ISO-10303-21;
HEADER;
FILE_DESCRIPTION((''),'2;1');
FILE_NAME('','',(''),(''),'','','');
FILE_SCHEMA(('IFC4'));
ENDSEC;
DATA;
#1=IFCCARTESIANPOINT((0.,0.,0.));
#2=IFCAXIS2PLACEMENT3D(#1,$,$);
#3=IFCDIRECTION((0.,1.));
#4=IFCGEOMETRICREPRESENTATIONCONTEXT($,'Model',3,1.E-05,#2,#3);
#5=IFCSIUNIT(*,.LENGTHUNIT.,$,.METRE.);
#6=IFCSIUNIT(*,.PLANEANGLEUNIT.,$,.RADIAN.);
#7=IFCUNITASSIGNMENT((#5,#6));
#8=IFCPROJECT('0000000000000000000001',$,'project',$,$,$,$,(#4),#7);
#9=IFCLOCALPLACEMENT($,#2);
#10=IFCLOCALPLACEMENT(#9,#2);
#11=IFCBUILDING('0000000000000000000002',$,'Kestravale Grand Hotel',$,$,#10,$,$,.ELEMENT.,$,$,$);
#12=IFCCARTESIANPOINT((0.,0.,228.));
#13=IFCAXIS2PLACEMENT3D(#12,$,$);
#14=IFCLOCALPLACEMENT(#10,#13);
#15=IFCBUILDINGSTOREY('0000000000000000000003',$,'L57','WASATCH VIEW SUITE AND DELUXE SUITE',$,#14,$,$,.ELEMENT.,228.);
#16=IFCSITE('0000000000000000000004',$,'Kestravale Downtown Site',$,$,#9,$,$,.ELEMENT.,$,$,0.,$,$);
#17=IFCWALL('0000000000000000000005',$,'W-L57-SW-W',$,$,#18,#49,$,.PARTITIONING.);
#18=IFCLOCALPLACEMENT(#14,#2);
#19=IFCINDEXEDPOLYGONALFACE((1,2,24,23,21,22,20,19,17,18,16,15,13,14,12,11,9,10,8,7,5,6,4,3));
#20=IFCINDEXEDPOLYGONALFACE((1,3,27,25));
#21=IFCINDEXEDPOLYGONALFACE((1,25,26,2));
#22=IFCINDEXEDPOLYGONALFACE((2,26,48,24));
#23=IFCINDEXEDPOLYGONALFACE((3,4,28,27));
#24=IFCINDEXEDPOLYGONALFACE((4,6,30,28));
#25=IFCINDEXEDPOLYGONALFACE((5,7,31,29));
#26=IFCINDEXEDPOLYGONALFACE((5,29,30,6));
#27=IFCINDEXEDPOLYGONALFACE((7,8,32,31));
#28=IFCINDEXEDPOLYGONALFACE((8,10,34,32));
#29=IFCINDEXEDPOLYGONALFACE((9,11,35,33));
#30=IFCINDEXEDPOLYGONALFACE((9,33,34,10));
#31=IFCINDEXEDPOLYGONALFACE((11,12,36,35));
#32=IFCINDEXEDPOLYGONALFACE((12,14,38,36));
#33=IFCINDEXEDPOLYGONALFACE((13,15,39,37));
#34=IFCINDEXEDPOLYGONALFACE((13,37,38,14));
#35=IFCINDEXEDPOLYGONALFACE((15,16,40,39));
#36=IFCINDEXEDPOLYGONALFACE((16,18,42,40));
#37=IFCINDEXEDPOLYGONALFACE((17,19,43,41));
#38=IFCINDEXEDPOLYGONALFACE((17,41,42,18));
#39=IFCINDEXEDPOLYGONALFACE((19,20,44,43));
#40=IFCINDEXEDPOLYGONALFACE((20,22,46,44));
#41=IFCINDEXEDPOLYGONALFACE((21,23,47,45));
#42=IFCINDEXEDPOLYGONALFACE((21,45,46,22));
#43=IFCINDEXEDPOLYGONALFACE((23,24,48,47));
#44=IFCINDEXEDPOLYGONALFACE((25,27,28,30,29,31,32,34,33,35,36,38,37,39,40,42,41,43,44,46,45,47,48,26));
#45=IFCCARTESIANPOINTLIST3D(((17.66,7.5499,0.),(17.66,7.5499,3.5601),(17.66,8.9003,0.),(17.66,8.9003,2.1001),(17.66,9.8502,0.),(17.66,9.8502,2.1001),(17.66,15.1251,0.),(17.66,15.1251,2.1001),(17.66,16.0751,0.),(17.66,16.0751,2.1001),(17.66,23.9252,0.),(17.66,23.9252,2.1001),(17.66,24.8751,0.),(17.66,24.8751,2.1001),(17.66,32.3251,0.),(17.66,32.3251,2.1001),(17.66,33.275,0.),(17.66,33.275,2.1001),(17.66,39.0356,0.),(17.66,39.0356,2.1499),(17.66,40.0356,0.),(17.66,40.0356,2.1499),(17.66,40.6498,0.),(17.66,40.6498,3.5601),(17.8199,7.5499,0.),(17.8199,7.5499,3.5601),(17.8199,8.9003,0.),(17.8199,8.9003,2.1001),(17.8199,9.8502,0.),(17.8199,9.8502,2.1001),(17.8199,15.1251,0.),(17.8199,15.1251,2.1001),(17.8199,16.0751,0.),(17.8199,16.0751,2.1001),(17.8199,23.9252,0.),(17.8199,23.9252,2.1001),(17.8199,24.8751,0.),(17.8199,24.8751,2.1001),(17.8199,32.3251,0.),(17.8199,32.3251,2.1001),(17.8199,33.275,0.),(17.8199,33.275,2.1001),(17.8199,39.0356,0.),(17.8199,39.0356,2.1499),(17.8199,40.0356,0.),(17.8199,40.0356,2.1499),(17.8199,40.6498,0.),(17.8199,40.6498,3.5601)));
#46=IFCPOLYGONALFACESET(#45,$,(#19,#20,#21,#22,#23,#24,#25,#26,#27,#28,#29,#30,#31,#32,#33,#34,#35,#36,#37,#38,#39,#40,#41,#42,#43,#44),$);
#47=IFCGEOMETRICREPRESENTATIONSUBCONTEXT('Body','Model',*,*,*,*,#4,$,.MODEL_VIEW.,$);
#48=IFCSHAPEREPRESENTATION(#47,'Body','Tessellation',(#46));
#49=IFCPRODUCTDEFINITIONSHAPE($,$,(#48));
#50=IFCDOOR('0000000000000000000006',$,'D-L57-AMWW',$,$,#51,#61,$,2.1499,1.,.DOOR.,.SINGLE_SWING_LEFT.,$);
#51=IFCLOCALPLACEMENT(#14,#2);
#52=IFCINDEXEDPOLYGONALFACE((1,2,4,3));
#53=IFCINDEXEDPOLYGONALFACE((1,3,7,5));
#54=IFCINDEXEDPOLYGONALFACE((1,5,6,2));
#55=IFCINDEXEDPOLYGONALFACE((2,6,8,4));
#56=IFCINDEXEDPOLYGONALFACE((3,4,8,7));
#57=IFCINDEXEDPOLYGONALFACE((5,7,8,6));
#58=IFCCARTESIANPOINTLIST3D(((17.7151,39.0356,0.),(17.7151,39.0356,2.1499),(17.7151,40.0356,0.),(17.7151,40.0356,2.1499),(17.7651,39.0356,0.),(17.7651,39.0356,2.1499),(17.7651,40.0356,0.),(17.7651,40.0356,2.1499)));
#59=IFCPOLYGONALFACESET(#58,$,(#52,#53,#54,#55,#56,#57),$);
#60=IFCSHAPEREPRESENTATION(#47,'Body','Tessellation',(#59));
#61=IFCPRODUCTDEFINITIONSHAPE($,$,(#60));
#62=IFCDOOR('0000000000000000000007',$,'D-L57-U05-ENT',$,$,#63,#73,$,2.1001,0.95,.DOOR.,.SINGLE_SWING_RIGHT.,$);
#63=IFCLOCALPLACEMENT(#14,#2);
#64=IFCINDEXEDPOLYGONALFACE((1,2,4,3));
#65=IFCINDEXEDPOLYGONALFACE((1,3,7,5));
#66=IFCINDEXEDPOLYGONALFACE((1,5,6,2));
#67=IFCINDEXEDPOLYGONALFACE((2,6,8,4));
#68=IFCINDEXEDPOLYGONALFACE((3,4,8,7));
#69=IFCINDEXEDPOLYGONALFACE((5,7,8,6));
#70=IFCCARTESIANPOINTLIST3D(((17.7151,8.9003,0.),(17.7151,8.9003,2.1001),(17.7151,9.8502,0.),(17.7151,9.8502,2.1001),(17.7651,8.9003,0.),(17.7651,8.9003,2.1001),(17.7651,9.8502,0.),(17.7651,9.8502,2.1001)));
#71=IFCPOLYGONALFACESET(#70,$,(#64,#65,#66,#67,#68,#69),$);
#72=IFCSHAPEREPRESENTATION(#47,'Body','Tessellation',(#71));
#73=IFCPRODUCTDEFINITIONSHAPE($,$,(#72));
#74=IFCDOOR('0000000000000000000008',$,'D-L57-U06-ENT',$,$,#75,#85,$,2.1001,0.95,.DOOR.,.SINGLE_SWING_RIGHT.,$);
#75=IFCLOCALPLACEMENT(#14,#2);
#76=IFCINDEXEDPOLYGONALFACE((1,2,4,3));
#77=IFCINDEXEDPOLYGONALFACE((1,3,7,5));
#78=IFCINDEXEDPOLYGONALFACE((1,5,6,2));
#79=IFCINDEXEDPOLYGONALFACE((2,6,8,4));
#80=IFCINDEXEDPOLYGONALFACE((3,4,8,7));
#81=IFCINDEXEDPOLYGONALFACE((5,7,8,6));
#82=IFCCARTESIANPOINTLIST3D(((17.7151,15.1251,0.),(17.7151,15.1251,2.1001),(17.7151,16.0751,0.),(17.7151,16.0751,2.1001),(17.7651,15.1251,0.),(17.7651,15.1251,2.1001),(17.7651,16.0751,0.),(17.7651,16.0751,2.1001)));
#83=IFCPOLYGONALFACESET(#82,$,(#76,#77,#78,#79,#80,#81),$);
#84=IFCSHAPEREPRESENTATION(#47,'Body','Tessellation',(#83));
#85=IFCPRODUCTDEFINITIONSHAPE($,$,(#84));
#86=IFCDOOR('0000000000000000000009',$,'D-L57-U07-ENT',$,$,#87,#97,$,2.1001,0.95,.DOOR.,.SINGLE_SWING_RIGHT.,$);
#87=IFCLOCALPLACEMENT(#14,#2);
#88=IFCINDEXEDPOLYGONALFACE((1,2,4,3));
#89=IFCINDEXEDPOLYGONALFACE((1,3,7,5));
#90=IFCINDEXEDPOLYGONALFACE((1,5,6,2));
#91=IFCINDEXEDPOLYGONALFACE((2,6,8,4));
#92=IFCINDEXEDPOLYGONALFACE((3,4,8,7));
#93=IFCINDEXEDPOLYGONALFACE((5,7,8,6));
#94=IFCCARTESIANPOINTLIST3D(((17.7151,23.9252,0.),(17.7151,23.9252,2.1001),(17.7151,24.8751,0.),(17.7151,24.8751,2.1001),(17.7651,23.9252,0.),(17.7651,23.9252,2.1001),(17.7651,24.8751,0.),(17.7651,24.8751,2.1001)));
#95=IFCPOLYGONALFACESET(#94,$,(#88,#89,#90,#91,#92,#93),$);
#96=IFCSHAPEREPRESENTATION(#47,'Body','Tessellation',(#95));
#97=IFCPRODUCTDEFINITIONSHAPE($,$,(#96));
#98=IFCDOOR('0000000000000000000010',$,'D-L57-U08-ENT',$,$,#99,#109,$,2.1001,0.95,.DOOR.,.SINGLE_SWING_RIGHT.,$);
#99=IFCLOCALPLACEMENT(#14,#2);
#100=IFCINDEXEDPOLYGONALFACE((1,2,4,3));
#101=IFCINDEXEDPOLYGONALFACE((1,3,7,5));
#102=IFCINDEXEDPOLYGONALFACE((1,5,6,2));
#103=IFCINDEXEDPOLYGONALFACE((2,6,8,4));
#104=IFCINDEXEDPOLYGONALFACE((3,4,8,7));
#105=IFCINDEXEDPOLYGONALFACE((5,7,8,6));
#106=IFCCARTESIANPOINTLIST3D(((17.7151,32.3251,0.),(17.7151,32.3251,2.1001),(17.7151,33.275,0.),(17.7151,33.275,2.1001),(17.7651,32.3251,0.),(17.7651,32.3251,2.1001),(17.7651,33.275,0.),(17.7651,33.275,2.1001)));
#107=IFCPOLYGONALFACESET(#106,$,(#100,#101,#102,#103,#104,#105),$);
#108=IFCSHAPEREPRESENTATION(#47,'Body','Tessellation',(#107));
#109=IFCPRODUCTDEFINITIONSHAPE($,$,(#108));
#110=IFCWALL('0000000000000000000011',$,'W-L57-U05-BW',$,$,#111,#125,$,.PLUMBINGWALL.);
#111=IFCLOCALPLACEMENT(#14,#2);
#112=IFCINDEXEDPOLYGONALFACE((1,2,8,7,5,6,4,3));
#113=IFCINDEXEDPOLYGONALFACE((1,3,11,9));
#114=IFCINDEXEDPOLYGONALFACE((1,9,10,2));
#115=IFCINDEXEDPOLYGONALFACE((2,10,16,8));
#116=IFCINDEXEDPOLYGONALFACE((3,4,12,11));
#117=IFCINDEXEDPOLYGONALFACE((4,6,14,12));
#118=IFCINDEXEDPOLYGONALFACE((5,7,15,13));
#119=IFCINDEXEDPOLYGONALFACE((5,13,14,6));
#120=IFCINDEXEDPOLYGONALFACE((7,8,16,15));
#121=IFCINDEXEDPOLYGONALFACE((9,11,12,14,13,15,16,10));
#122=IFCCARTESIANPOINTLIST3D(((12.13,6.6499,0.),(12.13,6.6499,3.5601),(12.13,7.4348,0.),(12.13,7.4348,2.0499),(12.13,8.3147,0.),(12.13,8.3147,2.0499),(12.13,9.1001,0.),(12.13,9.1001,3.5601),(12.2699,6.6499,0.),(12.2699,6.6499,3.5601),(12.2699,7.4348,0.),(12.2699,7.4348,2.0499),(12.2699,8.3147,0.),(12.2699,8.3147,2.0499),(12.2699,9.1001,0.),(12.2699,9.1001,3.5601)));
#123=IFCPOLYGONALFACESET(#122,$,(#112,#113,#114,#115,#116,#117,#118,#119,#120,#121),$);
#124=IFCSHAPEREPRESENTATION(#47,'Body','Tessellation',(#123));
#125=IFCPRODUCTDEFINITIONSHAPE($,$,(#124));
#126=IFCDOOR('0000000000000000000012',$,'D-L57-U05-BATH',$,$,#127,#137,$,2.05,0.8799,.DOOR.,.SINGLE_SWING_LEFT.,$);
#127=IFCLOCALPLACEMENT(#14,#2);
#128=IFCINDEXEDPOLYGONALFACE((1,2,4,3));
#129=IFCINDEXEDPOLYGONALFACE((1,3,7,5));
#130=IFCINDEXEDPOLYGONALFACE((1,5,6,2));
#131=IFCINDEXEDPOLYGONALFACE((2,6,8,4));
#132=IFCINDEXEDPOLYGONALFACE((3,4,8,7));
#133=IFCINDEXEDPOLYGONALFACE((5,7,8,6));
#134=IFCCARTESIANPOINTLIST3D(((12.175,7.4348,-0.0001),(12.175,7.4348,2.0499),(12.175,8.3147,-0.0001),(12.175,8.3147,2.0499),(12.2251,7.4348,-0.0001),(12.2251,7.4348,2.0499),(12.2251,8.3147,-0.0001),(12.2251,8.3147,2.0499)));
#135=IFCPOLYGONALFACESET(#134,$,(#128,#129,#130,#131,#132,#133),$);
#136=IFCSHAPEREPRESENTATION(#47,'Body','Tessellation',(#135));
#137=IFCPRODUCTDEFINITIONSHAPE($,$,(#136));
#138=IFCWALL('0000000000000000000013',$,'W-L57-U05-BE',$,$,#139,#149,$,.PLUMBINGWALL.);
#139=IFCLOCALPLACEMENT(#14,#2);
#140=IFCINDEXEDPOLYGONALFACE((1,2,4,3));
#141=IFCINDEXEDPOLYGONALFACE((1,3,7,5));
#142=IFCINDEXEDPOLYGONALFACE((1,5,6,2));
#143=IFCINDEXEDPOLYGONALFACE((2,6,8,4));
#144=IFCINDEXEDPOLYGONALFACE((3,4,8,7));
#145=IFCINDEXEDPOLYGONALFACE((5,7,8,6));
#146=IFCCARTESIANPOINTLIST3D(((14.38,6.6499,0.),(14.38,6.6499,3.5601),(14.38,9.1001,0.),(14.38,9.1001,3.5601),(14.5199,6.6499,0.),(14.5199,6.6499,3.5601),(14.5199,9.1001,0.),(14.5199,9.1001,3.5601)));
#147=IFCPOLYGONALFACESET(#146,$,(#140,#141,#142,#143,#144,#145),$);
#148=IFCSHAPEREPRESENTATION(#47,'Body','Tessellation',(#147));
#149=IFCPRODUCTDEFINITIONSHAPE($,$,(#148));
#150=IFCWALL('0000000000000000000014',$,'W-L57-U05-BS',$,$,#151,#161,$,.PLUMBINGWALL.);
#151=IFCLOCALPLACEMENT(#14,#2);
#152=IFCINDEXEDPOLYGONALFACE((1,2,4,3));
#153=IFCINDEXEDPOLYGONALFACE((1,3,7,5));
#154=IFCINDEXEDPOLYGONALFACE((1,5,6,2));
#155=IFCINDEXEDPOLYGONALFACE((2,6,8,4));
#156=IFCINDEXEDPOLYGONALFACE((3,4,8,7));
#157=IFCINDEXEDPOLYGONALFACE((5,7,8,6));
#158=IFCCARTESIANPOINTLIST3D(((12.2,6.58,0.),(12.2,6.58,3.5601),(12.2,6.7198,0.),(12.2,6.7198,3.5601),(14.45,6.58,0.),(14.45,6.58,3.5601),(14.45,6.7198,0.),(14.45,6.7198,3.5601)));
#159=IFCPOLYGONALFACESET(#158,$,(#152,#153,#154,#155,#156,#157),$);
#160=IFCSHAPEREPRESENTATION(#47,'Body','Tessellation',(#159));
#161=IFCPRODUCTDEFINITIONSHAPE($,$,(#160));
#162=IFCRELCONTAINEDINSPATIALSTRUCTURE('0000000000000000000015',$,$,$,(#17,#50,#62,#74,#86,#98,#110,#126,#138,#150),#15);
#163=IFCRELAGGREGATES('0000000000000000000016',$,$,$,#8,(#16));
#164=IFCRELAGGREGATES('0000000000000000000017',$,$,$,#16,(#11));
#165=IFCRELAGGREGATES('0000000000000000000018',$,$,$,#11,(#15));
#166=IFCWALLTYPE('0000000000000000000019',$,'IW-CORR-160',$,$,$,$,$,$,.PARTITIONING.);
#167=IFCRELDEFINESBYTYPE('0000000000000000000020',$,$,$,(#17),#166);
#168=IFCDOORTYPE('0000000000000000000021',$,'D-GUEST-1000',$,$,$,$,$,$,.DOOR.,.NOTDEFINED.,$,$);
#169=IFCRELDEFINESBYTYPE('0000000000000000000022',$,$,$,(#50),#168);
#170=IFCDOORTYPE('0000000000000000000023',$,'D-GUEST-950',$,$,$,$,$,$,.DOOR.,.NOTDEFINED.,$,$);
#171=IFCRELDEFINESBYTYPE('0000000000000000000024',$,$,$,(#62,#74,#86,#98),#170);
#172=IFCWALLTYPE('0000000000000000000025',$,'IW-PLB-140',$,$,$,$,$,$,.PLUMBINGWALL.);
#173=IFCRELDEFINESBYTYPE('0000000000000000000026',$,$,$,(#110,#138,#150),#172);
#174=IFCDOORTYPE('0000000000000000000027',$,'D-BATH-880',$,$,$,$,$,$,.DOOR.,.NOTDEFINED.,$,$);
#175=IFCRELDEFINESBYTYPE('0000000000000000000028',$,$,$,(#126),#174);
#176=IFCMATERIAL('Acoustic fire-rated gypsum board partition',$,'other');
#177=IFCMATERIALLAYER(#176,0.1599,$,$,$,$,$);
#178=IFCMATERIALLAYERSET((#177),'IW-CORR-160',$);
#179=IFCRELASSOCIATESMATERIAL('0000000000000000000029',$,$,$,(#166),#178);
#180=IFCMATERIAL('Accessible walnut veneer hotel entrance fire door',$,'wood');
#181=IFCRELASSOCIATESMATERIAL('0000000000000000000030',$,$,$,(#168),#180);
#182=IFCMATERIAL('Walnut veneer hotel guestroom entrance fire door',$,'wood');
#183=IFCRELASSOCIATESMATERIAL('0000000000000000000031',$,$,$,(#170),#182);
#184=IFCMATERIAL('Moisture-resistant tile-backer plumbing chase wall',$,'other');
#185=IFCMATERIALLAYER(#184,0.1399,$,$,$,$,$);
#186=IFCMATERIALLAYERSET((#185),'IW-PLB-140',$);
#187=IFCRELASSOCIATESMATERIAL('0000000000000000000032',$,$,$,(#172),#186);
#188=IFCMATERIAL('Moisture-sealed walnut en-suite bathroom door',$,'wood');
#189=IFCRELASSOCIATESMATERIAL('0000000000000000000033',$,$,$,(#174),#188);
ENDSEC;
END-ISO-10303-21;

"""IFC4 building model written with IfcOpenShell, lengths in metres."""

from ifc_helpers import new_model, si_unit, direction, frame, frame_2d, origin, place, context, subcontext, project, spatial, rectangle, extrude, material, layer, layer_set, type_object, element, fill, save


model = new_model("IFC4")

# Units and contexts
model_context = context("Model", 3, precision=1e-05, world=origin(), true_north=direction((0.0, 1.0)))
body_context = subcontext(model_context, "Body", "Model", "MODEL_VIEW")
ifc_project = project(units=[si_unit("LENGTHUNIT", "METRE"), si_unit("PLANEANGLEUNIT", "RADIAN")], contexts=[model_context])

# Site, building, storey
site_placement = place(None, origin())
site = spatial("IfcSite", under=ifc_project, at=site_placement, Name="Kestravale Downtown Site", CompositionType="ELEMENT", RefElevation=0.0)
building_placement = place(site_placement, origin())
building = spatial("IfcBuilding", under=site, at=building_placement, Name="Kestravale Grand Hotel", CompositionType="ELEMENT")
storey_placement = place(building_placement, frame((0.0, 0.0, 228.0)))
storey = spatial("IfcBuildingStorey", under=building, at=storey_placement, Name="L57", Description="WASATCH VIEW SUITE AND DELUXE SUITE", CompositionType="ELEMENT", Elevation=228.0)

# Wall, openings, doors
ifc_material_1 = material(Name="Acoustic fire-rated gypsum board partition", Category="other")
ifc_layer_1 = layer(ifc_material_1, 0.1599)
ifc_layer_set_1 = layer_set([ifc_layer_1], Name="IW-CORR-160")
wall_type_1 = type_object("IfcWallType", Name="IW-CORR-160", PredefinedType="PARTITIONING", material=ifc_layer_set_1)
wall_1_placement = place(storey_placement, frame((17.74, 7.55, 0.0), z_axis=(0.0, 0.0, 1.0), x_axis=(0.0, 1.0, 0.0)))
wall_1 = element("IfcWall", 1, at=wall_1_placement, inside=storey, type_object=wall_type_1, Name="W-L57-SW-W", PredefinedType="PARTITIONING", context=body_context, shape_type="SweptSolid", body=[
    extrude(rectangle(XDim=33.0999, YDim=0.1599, at=frame_2d((16.5498, 0.0))), origin(), (0.0, 0.0, 1.0), 3.5601),
])
opening_1_placement = place(wall_1_placement, frame((1.3501, 0.0, 0.0)))
opening_1 = element("IfcOpeningElement", 2, at=opening_1_placement, cuts=wall_1, PredefinedType="OPENING", context=body_context, shape_type="SweptSolid", body=[
    extrude(rectangle(XDim=0.95, YDim=2.1001, at=frame_2d((0.4751, 1.05))), frame((0.0, 0.0898, 0.0), z_axis=(0.0, -1.0, 0.0), x_axis=(1.0, 0.0, 0.0)), (0.0, 0.0, 1.0), 0.1799),
])
opening_2_placement = place(wall_1_placement, frame((7.575, 0.0, 0.0)))
opening_2 = element("IfcOpeningElement", 3, at=opening_2_placement, cuts=wall_1, PredefinedType="OPENING", context=body_context, shape_type="SweptSolid", body=[
    extrude(rectangle(XDim=0.95, YDim=2.1001, at=frame_2d((0.4751, 1.05))), frame((0.0, 0.0898, 0.0), z_axis=(0.0, -1.0, 0.0), x_axis=(1.0, 0.0, 0.0)), (0.0, 0.0, 1.0), 0.1799),
])
opening_3_placement = place(wall_1_placement, frame((16.375, 0.0, 0.0)))
opening_3 = element("IfcOpeningElement", 4, at=opening_3_placement, cuts=wall_1, PredefinedType="OPENING", context=body_context, shape_type="SweptSolid", body=[
    extrude(rectangle(XDim=0.95, YDim=2.1001, at=frame_2d((0.4751, 1.05))), frame((0.0, 0.0898, 0.0), z_axis=(0.0, -1.0, 0.0), x_axis=(1.0, 0.0, 0.0)), (0.0, 0.0, 1.0), 0.1799),
])
opening_4_placement = place(wall_1_placement, frame((24.7749, 0.0, 0.0)))
opening_4 = element("IfcOpeningElement", 5, at=opening_4_placement, cuts=wall_1, PredefinedType="OPENING", context=body_context, shape_type="SweptSolid", body=[
    extrude(rectangle(XDim=0.95, YDim=2.1001, at=frame_2d((0.4751, 1.05))), frame((0.0, 0.0898, 0.0), z_axis=(0.0, -1.0, 0.0), x_axis=(1.0, 0.0, 0.0)), (0.0, 0.0, 1.0), 0.1799),
])
opening_5_placement = place(wall_1_placement, frame((31.4856, 0.0, 0.0)))
opening_5 = element("IfcOpeningElement", 6, at=opening_5_placement, cuts=wall_1, PredefinedType="OPENING", context=body_context, shape_type="SweptSolid", body=[
    extrude(rectangle(XDim=1.0, YDim=2.1499, at=frame_2d((0.5, 1.075))), frame((0.0, 0.0898, 0.0), z_axis=(0.0, -1.0, 0.0), x_axis=(1.0, 0.0, 0.0)), (0.0, 0.0, 1.0), 0.1799),
])
ifc_material_2 = material(Name="Accessible walnut veneer hotel entrance fire door", Category="wood")
door_type_1 = type_object("IfcDoorType", Name="D-GUEST-1000", OperationType="NOTDEFINED", PredefinedType="DOOR", material=ifc_material_2)
door_1_placement = place(opening_5_placement, origin())
door_1 = element("IfcDoor", 7, at=door_1_placement, inside=storey, type_object=door_type_1, Name="D-L57-AMWW", OperationType="SINGLE_SWING_LEFT", OverallHeight=2.1499, OverallWidth=1.0, PredefinedType="DOOR", context=body_context, shape_type="SweptSolid", body=[
    extrude(rectangle(XDim=1.0, YDim=2.1499, at=frame_2d((0.5, 1.075))), frame((0.0, 0.0249, 0.0), z_axis=(0.0, -1.0, 0.0), x_axis=(1.0, 0.0, 0.0)), (0.0, 0.0, 1.0), 0.05),
])
fill(opening_5, door_1)
ifc_material_3 = material(Name="Walnut veneer hotel guestroom entrance fire door", Category="wood")
door_type_2 = type_object("IfcDoorType", Name="D-GUEST-950", OperationType="NOTDEFINED", PredefinedType="DOOR", material=ifc_material_3)
door_2_placement = place(opening_1_placement, origin())
door_2 = element("IfcDoor", 8, at=door_2_placement, inside=storey, type_object=door_type_2, Name="D-L57-U05-ENT", OperationType="SINGLE_SWING_RIGHT", OverallHeight=2.1001, OverallWidth=0.95, PredefinedType="DOOR", context=body_context, shape_type="SweptSolid", body=[
    extrude(rectangle(XDim=0.95, YDim=2.1001, at=frame_2d((0.4751, 1.05))), frame((0.0, 0.0249, 0.0), z_axis=(0.0, -1.0, 0.0), x_axis=(1.0, 0.0, 0.0)), (0.0, 0.0, 1.0), 0.05),
])
fill(opening_1, door_2)
door_3_placement = place(opening_2_placement, origin())
door_3 = element("IfcDoor", 9, at=door_3_placement, inside=storey, type_object=door_type_2, Name="D-L57-U06-ENT", OperationType="SINGLE_SWING_RIGHT", OverallHeight=2.1001, OverallWidth=0.95, PredefinedType="DOOR", context=body_context, shape_type="SweptSolid", body=[
    extrude(rectangle(XDim=0.95, YDim=2.1001, at=frame_2d((0.4751, 1.05))), frame((0.0, 0.0249, 0.0), z_axis=(0.0, -1.0, 0.0), x_axis=(1.0, 0.0, 0.0)), (0.0, 0.0, 1.0), 0.05),
])
fill(opening_2, door_3)
door_4_placement = place(opening_3_placement, origin())
door_4 = element("IfcDoor", 10, at=door_4_placement, inside=storey, type_object=door_type_2, Name="D-L57-U07-ENT", OperationType="SINGLE_SWING_RIGHT", OverallHeight=2.1001, OverallWidth=0.95, PredefinedType="DOOR", context=body_context, shape_type="SweptSolid", body=[
    extrude(rectangle(XDim=0.95, YDim=2.1001, at=frame_2d((0.4751, 1.05))), frame((0.0, 0.0249, 0.0), z_axis=(0.0, -1.0, 0.0), x_axis=(1.0, 0.0, 0.0)), (0.0, 0.0, 1.0), 0.05),
])
fill(opening_3, door_4)
door_5_placement = place(opening_4_placement, origin())
door_5 = element("IfcDoor", 11, at=door_5_placement, inside=storey, type_object=door_type_2, Name="D-L57-U08-ENT", OperationType="SINGLE_SWING_RIGHT", OverallHeight=2.1001, OverallWidth=0.95, PredefinedType="DOOR", context=body_context, shape_type="SweptSolid", body=[
    extrude(rectangle(XDim=0.95, YDim=2.1001, at=frame_2d((0.4751, 1.05))), frame((0.0, 0.0249, 0.0), z_axis=(0.0, -1.0, 0.0), x_axis=(1.0, 0.0, 0.0)), (0.0, 0.0, 1.0), 0.05),
])
fill(opening_4, door_5)

# Wall, opening, door
ifc_material_4 = material(Name="Moisture-resistant tile-backer plumbing chase wall", Category="other")
ifc_layer_2 = layer(ifc_material_4, 0.1399)
ifc_layer_set_2 = layer_set([ifc_layer_2], Name="IW-PLB-140")
wall_type_2 = type_object("IfcWallType", Name="IW-PLB-140", PredefinedType="PLUMBINGWALL", material=ifc_layer_set_2)
wall_2_placement = place(storey_placement, frame((12.2, 6.6499, 0.0), z_axis=(0.0, 0.0, 1.0), x_axis=(0.0, 1.0, 0.0)))
wall_2 = element("IfcWall", 12, at=wall_2_placement, inside=storey, type_object=wall_type_2, Name="W-L57-U05-BW", PredefinedType="PLUMBINGWALL", context=body_context, shape_type="SweptSolid", body=[
    extrude(rectangle(XDim=2.4502, YDim=0.1399, at=frame_2d((1.2251, 0.0))), origin(), (0.0, 0.0, 1.0), 3.5601),
])
opening_6_placement = place(wall_2_placement, frame((0.7849, 0.0, 0.0)))
opening_6 = element("IfcOpeningElement", 13, at=opening_6_placement, cuts=wall_2, PredefinedType="OPENING", context=body_context, shape_type="SweptSolid", body=[
    extrude(rectangle(XDim=0.8799, YDim=2.05, at=frame_2d((0.4399, 1.0249))), frame((0.0, 0.0798, 0.0), z_axis=(0.0, -1.0, 0.0), x_axis=(1.0, 0.0, 0.0)), (0.0, 0.0, 1.0), 0.1599),
])
ifc_material_5 = material(Name="Moisture-sealed walnut en-suite bathroom door", Category="wood")
door_type_3 = type_object("IfcDoorType", Name="D-BATH-880", OperationType="NOTDEFINED", PredefinedType="DOOR", material=ifc_material_5)
door_6_placement = place(opening_6_placement, origin())
door_6 = element("IfcDoor", 14, at=door_6_placement, inside=storey, type_object=door_type_3, Name="D-L57-U05-BATH", OperationType="SINGLE_SWING_LEFT", OverallHeight=2.05, OverallWidth=0.8799, PredefinedType="DOOR", context=body_context, shape_type="SweptSolid", body=[
    extrude(rectangle(XDim=0.8799, YDim=2.05, at=frame_2d((0.4399, 1.0249))), frame((0.0, 0.0249, 0.0), z_axis=(0.0, -1.0, 0.0), x_axis=(1.0, 0.0, 0.0)), (0.0, 0.0, 1.0), 0.05),
])
fill(opening_6, door_6)

# Walls
wall_3_placement = place(storey_placement, frame((14.45, 6.6499, 0.0), z_axis=(0.0, 0.0, 1.0), x_axis=(0.0, 1.0, 0.0)))
element("IfcWall", 15, at=wall_3_placement, inside=storey, type_object=wall_type_2, Name="W-L57-U05-BE", PredefinedType="PLUMBINGWALL", context=body_context, shape_type="SweptSolid", body=[
    extrude(rectangle(XDim=2.4502, YDim=0.1399, at=frame_2d((1.2251, 0.0))), origin(), (0.0, 0.0, 1.0), 3.5601),
])
for number, where, z_axis, x_axis, name in (
    (16, (12.2, 6.6499, 0.0), (0.0, 0.0, 1.0), (1.0, 0.0, 0.0), "W-L57-U05-BS"),
):
    element("IfcWall", number, at=place(storey_placement, frame(where, z_axis=z_axis, x_axis=x_axis)), inside=storey, type_object=wall_type_2, Name=name, PredefinedType="PLUMBINGWALL", context=body_context, shape_type="SweptSolid", body=[
        extrude(rectangle(XDim=2.25, YDim=0.1399, at=frame_2d((1.125, 0.0))), origin(), (0.0, 0.0, 1.0), 3.5601),
    ])

save(model, "model.ifc")
